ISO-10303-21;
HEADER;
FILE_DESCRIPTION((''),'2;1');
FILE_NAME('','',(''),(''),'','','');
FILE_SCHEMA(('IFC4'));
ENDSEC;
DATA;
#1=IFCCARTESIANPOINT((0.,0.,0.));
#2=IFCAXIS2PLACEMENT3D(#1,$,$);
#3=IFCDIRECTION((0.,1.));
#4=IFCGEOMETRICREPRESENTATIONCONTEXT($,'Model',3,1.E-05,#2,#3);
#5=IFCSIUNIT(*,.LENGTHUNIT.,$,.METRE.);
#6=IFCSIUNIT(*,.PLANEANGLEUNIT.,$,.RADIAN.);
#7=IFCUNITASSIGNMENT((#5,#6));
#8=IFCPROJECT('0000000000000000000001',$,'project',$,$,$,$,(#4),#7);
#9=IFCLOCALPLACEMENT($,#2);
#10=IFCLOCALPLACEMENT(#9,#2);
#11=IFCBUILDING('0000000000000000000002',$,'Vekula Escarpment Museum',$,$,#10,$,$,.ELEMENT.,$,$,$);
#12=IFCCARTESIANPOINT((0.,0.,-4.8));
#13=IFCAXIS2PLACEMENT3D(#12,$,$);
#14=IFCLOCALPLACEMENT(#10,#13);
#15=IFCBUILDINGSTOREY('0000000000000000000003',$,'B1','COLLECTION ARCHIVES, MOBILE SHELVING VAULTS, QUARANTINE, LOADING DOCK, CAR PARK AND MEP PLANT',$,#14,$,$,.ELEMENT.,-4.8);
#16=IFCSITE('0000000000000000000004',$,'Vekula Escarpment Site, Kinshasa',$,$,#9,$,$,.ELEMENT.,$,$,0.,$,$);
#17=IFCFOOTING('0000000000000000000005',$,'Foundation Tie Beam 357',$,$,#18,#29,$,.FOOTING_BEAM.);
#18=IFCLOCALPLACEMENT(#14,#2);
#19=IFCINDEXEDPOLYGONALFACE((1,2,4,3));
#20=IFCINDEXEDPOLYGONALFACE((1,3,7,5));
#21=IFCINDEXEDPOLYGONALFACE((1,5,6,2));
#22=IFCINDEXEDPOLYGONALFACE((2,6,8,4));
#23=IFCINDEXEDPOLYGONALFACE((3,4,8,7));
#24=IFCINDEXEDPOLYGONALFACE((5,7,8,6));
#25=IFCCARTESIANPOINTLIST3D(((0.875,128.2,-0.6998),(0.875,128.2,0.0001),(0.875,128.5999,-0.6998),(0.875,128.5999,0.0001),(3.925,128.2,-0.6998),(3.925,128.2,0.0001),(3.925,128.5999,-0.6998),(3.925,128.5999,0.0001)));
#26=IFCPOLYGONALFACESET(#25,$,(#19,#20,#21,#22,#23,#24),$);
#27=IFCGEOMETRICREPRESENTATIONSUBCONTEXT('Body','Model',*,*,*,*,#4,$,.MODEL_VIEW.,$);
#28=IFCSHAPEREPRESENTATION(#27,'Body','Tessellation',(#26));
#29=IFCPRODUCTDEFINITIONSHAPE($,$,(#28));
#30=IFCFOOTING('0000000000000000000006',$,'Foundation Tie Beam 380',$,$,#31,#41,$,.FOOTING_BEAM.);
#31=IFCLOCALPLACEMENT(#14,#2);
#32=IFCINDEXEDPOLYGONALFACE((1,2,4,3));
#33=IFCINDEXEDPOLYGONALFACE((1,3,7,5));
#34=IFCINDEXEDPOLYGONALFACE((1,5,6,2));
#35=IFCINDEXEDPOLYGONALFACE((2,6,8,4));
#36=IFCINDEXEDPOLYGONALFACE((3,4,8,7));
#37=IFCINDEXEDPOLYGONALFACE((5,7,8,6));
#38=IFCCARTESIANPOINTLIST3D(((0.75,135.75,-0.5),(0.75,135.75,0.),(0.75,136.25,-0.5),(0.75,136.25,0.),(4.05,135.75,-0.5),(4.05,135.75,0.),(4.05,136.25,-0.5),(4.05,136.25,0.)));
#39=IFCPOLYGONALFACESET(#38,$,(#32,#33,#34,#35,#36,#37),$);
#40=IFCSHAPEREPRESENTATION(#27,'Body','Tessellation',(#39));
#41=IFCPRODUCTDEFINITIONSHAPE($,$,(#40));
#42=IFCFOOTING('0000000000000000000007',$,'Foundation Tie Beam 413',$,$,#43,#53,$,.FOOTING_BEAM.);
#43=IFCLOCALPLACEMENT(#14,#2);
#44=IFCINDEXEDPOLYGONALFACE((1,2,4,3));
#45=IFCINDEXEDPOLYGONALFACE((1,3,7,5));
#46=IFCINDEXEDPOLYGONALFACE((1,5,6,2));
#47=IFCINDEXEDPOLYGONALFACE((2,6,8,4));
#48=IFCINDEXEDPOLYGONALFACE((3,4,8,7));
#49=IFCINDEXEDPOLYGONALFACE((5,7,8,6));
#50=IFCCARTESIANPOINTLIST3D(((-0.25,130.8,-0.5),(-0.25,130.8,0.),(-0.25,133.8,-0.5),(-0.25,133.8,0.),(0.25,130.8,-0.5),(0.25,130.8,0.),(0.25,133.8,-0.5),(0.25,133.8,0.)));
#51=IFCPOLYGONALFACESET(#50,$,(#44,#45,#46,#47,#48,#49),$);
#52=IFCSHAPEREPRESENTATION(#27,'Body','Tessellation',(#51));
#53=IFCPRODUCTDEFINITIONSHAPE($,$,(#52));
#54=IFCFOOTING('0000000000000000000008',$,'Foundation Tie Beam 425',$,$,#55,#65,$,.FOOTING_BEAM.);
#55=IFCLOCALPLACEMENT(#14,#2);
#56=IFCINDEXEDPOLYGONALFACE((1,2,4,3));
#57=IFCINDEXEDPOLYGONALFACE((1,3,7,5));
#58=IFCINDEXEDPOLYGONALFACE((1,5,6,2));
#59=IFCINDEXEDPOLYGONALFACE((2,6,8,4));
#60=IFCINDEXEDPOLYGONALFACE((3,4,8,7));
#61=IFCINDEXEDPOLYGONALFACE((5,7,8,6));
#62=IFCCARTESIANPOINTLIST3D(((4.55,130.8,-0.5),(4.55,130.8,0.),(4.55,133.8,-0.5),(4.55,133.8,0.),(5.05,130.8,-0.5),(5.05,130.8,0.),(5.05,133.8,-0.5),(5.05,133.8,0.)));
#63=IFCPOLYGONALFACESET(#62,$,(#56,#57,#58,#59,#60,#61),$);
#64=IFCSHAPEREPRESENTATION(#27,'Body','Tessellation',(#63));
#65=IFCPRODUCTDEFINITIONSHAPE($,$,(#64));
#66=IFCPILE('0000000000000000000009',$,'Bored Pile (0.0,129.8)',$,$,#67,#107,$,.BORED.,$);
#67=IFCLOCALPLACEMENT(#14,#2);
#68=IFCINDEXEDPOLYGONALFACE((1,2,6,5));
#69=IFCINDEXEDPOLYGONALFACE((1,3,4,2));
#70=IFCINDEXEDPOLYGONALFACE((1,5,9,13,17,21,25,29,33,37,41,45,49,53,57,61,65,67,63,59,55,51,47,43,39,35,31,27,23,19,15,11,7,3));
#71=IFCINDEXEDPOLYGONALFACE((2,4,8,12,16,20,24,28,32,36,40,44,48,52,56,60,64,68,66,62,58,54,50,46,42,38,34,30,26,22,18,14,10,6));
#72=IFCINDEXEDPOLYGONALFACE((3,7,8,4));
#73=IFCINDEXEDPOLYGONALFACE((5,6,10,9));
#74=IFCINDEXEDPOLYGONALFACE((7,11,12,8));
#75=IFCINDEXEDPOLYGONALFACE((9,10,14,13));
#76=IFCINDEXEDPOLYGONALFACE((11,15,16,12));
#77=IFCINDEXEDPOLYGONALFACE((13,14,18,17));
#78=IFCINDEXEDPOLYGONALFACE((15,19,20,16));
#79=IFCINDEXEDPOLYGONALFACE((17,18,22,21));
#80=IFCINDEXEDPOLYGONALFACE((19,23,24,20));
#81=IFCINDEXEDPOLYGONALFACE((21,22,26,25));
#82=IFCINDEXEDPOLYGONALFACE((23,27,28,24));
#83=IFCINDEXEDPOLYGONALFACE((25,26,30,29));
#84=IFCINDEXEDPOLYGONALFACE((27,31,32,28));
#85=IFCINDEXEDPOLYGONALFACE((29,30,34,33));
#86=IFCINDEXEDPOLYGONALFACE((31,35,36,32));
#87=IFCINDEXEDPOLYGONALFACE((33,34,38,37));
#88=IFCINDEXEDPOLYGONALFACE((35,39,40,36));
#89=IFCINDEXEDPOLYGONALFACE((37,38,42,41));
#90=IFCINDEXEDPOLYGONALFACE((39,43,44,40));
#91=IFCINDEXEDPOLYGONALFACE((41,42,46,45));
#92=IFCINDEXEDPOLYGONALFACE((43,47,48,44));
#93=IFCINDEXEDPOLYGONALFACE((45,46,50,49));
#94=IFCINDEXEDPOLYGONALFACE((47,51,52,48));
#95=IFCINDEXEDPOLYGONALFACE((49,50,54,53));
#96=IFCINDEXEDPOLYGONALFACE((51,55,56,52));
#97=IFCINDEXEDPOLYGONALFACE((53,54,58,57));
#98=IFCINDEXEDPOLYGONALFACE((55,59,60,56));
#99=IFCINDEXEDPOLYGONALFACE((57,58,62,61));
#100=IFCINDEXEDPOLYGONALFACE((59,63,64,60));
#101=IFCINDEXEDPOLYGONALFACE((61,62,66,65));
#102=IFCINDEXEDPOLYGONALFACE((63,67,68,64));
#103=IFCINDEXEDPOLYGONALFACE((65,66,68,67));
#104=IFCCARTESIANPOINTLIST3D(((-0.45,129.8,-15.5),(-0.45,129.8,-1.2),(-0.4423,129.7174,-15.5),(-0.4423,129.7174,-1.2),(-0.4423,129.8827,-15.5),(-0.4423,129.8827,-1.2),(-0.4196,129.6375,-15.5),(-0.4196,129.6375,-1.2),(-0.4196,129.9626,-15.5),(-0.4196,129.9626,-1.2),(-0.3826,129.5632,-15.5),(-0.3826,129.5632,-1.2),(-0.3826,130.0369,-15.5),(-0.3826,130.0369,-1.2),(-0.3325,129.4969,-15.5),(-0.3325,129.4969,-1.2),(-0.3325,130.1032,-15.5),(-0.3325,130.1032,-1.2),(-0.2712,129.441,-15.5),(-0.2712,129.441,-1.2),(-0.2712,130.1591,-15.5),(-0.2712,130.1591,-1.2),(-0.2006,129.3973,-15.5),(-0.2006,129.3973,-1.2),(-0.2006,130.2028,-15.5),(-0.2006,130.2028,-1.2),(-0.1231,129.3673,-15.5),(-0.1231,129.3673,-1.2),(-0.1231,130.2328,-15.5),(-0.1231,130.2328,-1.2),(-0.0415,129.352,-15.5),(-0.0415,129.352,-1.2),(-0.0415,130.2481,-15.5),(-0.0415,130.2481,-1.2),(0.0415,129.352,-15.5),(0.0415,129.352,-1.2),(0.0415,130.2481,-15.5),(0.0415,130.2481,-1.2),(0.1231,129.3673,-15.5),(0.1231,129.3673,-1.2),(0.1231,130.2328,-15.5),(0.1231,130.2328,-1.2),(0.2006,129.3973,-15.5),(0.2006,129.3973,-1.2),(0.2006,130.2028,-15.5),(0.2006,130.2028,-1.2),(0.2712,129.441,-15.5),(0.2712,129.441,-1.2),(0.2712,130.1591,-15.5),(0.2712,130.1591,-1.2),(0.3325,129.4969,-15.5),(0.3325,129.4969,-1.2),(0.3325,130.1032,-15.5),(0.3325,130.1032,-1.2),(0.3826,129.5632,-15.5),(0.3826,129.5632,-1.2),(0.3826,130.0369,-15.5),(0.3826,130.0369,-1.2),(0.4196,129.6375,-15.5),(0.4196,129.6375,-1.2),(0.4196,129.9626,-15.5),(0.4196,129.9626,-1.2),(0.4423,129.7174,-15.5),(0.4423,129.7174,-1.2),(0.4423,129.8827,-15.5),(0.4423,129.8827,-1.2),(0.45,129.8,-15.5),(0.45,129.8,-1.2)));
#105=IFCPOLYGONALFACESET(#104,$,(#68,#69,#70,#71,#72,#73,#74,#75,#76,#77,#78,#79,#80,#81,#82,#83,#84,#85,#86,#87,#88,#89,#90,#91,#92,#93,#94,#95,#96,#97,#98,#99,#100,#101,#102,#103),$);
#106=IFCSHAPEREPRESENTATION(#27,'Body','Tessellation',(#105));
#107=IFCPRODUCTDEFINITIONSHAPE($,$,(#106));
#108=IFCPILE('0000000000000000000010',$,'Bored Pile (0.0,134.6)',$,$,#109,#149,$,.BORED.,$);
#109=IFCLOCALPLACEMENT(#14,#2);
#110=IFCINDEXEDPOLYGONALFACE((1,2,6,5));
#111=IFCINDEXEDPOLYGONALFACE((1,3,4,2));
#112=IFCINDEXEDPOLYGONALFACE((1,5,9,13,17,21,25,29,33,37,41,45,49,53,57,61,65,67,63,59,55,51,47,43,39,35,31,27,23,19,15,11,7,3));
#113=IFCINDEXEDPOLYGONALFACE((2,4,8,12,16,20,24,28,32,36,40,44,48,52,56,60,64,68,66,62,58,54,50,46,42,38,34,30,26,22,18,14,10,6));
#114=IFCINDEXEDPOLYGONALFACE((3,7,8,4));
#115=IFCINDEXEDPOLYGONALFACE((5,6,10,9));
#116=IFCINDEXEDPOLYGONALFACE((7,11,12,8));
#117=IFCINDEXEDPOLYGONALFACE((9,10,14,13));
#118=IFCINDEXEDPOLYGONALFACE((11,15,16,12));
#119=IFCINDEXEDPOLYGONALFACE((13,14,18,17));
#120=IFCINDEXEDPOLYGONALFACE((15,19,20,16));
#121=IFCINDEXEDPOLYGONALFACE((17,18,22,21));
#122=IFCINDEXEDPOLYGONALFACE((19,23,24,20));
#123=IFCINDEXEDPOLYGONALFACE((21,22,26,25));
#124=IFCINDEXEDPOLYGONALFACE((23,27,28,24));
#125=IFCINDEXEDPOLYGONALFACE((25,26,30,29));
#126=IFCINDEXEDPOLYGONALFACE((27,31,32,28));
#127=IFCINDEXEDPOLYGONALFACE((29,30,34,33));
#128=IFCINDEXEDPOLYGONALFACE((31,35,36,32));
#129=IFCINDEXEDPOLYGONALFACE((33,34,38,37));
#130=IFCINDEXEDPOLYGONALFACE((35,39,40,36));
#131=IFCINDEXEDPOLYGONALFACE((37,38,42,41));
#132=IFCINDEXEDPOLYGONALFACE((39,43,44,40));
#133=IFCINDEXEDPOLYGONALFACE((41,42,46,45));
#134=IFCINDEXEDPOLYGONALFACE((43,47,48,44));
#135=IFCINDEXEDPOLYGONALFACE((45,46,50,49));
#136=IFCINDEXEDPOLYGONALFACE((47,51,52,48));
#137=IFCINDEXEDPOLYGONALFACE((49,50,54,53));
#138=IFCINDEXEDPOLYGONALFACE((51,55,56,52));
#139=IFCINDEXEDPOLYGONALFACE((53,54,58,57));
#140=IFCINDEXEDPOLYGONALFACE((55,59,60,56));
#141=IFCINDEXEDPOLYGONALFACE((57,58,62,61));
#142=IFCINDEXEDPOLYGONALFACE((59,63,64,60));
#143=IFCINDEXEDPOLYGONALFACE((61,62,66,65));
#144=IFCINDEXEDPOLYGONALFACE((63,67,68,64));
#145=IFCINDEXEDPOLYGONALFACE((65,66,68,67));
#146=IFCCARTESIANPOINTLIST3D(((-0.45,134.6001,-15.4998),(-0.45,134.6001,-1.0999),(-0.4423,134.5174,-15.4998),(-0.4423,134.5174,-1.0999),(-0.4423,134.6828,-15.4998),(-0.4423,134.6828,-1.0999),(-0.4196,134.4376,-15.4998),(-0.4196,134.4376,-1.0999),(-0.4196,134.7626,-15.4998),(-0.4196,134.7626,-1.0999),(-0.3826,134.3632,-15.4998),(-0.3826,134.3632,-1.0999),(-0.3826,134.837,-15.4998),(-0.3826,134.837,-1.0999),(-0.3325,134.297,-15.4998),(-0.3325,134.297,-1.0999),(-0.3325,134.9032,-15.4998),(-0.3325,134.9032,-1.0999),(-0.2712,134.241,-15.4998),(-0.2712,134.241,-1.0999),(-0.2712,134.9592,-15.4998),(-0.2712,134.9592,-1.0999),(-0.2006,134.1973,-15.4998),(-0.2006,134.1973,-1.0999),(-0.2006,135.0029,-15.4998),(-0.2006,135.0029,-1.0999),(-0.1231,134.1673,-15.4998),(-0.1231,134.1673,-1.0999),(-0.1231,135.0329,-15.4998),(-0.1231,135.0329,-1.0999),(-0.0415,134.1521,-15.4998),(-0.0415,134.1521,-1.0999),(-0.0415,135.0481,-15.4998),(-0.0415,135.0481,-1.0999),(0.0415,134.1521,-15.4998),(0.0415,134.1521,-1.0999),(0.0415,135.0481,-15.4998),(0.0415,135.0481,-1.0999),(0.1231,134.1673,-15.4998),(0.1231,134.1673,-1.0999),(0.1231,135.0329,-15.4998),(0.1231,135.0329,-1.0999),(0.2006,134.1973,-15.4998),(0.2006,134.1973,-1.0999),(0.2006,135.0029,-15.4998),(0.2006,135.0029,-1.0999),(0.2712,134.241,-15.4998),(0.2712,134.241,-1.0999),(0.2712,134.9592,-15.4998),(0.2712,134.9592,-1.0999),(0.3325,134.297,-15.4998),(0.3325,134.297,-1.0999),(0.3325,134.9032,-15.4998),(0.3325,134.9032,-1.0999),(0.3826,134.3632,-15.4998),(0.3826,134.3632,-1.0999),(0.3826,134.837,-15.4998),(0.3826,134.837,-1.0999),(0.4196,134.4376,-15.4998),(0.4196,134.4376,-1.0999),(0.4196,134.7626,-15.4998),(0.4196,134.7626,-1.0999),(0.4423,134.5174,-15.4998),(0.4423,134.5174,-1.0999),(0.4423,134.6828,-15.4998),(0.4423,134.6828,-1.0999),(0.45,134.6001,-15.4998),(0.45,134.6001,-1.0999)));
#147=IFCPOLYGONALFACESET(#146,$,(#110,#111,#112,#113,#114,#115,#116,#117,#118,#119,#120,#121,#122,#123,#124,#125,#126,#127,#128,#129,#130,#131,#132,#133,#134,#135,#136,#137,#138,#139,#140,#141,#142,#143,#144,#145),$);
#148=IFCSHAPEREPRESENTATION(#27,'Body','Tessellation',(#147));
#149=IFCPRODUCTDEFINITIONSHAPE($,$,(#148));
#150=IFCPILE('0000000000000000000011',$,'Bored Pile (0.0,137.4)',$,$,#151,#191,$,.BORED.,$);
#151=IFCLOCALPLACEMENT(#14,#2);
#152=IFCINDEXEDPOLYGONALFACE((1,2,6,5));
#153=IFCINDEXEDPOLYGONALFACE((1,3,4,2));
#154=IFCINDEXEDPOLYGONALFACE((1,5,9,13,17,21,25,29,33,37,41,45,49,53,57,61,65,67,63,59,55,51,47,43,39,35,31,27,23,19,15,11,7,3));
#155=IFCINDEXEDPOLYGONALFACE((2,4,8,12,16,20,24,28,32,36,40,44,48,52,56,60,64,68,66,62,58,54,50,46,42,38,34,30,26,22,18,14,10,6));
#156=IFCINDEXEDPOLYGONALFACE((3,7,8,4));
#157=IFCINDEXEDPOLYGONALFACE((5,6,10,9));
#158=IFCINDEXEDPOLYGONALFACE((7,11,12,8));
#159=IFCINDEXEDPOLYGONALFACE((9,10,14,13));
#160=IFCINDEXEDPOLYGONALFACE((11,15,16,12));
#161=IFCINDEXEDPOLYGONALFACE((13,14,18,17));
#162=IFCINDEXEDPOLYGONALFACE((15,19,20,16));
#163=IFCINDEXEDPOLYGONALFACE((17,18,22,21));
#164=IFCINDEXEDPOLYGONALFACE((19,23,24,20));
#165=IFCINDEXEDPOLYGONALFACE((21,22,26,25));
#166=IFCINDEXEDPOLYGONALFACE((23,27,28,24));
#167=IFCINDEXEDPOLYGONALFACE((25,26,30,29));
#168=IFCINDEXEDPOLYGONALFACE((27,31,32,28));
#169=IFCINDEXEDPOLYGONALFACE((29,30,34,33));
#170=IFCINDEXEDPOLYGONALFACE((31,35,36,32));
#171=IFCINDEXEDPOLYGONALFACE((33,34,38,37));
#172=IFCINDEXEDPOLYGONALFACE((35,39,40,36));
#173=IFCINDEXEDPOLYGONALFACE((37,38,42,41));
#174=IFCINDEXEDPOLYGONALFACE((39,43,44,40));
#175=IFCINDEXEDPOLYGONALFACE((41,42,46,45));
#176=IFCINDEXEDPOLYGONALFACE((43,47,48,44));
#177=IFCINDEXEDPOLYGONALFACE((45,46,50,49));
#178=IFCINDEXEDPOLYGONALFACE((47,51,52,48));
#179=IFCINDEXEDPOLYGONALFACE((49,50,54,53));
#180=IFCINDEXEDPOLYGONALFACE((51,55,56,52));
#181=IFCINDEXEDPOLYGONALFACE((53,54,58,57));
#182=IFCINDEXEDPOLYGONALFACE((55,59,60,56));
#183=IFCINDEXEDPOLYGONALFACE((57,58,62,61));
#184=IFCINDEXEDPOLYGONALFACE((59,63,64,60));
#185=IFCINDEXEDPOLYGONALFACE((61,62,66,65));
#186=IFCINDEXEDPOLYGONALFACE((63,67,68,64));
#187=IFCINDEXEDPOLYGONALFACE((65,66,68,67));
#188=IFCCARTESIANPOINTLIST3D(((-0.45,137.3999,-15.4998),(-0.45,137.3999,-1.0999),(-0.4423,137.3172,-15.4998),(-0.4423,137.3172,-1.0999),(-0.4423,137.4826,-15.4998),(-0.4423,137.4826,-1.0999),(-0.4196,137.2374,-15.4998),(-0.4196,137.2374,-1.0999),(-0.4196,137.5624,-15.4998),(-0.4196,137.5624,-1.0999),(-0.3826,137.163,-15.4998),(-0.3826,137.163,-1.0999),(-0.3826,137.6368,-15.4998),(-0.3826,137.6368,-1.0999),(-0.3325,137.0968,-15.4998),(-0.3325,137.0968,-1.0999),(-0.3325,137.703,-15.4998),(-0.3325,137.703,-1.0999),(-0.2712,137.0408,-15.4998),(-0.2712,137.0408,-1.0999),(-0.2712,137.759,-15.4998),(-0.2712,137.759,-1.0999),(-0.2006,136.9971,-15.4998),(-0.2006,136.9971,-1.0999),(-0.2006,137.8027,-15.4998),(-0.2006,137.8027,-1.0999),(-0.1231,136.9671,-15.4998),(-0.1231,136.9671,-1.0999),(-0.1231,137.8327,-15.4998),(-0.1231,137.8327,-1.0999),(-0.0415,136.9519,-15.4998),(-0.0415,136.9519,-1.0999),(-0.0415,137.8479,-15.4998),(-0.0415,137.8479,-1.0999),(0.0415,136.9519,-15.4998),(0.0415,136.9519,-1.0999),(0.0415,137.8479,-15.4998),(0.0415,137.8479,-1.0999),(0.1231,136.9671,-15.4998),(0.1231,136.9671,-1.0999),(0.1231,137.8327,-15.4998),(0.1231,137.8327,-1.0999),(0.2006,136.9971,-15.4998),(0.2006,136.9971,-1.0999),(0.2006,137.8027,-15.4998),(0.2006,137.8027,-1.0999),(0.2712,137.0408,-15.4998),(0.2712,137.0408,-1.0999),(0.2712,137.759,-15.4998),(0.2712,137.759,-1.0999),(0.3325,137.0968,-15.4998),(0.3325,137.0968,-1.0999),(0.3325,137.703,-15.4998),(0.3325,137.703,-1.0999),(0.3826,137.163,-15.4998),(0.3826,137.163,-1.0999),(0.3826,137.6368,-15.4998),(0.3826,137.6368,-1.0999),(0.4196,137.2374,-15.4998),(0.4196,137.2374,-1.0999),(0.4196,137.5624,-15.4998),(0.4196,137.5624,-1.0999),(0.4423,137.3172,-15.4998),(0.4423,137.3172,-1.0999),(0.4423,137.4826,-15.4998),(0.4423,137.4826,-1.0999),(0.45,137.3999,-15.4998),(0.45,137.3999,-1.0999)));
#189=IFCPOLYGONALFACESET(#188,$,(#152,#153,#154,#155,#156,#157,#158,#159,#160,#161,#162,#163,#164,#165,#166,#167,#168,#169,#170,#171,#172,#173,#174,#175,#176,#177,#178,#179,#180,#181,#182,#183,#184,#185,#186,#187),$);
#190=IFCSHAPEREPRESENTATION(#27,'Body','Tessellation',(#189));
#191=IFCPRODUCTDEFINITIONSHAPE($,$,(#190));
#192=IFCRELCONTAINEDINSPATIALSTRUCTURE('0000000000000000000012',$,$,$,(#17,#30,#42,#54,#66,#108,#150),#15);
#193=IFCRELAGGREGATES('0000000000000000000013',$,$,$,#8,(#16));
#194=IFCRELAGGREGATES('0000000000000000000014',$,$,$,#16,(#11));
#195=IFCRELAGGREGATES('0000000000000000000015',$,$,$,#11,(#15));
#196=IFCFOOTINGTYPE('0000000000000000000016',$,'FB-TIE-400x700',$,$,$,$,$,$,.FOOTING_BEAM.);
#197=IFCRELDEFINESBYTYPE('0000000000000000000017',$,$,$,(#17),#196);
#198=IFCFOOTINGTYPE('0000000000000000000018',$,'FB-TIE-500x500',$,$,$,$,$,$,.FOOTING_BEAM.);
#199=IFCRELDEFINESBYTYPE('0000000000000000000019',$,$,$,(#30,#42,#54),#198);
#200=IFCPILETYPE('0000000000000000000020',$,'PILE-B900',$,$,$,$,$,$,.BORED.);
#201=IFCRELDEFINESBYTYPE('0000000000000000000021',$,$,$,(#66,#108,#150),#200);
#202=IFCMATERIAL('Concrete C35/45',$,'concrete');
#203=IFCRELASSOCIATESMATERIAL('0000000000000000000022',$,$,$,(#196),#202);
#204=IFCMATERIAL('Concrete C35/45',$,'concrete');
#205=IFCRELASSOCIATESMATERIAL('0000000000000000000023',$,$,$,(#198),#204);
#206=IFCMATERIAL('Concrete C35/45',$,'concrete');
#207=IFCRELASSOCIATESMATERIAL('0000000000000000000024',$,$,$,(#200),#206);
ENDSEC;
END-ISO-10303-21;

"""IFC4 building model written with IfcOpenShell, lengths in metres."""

from ifc_helpers import new_model, si_unit, direction, frame, origin, origin_2d, place, context, subcontext, project, spatial, rectangle, circle, extrude, material, material_profile, profile_set, type_object, element, save


model = new_model("IFC4")

# Units and contexts
model_context = context("Model", 3, precision=1e-05, world=origin(), true_north=direction((0.0, 1.0)))
body_context = subcontext(model_context, "Body", "Model", "MODEL_VIEW")
ifc_project = project(units=[si_unit("LENGTHUNIT", "METRE"), si_unit("PLANEANGLEUNIT", "RADIAN")], contexts=[model_context])

# Site, building, storey
site_placement = place(None, origin())
site = spatial("IfcSite", under=ifc_project, at=site_placement, Name="Vekula Escarpment Site, Kinshasa", CompositionType="ELEMENT", RefElevation=0.0)
building_placement = place(site_placement, origin())
building = spatial("IfcBuilding", under=site, at=building_placement, Name="Vekula Escarpment Museum", CompositionType="ELEMENT")
storey_placement = place(building_placement, frame((0.0, 0.0, -4.8)))
storey = spatial("IfcBuildingStorey", under=building, at=storey_placement, Name="B1", Description="COLLECTION ARCHIVES, MOBILE SHELVING VAULTS, QUARANTINE, LOADING DOCK, CAR PARK AND MEP PLANT", CompositionType="ELEMENT", Elevation=-4.8)

# Footings
ifc_material_1 = material(Name="Concrete C35/45", Category="concrete")
ifc_material_profile_1 = material_profile(ifc_material_1, rectangle(XDim=0.3999, YDim=0.7, at=origin_2d()), Name="RC 400x700")
ifc_profile_set_1 = profile_set([ifc_material_profile_1], Name="Concrete C35/45")
footing_type_1 = type_object("IfcFootingType", Name="FB-TIE-400x700", PredefinedType="FOOTING_BEAM", material=ifc_profile_set_1)
footing_1_placement = place(storey_placement, frame((0.875, 128.3999, -0.3499), z_axis=(1.0, 0.0, 0.0), x_axis=(0.0, 1.0, 0.0)))
element("IfcFooting", 1, at=footing_1_placement, inside=storey, type_object=footing_type_1, Name="Foundation Tie Beam 357", PredefinedType="FOOTING_BEAM", context=body_context, shape_type="SweptSolid", body=[
    extrude(rectangle(XDim=0.3999, YDim=0.7, at=origin_2d()), origin(), (0.0, 0.0, 1.0), 3.05),
])
ifc_material_2 = material(Name="Concrete C35/45", Category="concrete")
ifc_material_profile_2 = material_profile(ifc_material_2, rectangle(XDim=0.5, YDim=0.5, at=origin_2d()), Name="RC 500x500")
ifc_profile_set_2 = profile_set([ifc_material_profile_2], Name="Concrete C35/45")
footing_type_2 = type_object("IfcFootingType", Name="FB-TIE-500x500", PredefinedType="FOOTING_BEAM", material=ifc_profile_set_2)
footing_2_placement = place(storey_placement, frame((0.75, 136.0, -0.25), z_axis=(1.0, 0.0, 0.0), x_axis=(0.0, 1.0, 0.0)))
element("IfcFooting", 2, at=footing_2_placement, inside=storey, type_object=footing_type_2, Name="Foundation Tie Beam 380", PredefinedType="FOOTING_BEAM", context=body_context, shape_type="SweptSolid", body=[
    extrude(rectangle(XDim=0.5, YDim=0.5, at=origin_2d()), origin(), (0.0, 0.0, 1.0), 3.3),
])
for number, where, z_axis, x_axis, name in (
    (3, (0.0, 130.8, -0.25), (0.0, 1.0, 0.0), (-1.0, 0.0, 0.0), "Foundation Tie Beam 413"),
    (4, (4.8, 130.8, -0.25), (0.0, 1.0, 0.0), (-1.0, 0.0, 0.0), "Foundation Tie Beam 425"),
):
    element("IfcFooting", number, at=place(storey_placement, frame(where, z_axis=z_axis, x_axis=x_axis)), inside=storey, type_object=footing_type_2, Name=name, PredefinedType="FOOTING_BEAM", context=body_context, shape_type="SweptSolid", body=[
        extrude(rectangle(XDim=0.5, YDim=0.5, at=origin_2d()), origin(), (0.0, 0.0, 1.0), 3.0),
    ])

# Piles
ifc_material_3 = material(Name="Concrete C35/45", Category="concrete")
ifc_material_profile_3 = material_profile(ifc_material_3, circle(Radius=0.45, at=origin_2d()), Name="BORED PILE 900")
ifc_profile_set_3 = profile_set([ifc_material_profile_3], Name="Concrete C35/45")
pile_type = type_object("IfcPileType", Name="PILE-B900", PredefinedType="BORED", material=ifc_profile_set_3)
pile_1_placement = place(storey_placement, frame((0.0, 129.8, -1.2), z_axis=(0.0, 0.0, -1.0), x_axis=(1.0, 0.0, 0.0)))
element("IfcPile", 5, at=pile_1_placement, inside=storey, type_object=pile_type, Name="Bored Pile (0.0,129.8)", PredefinedType="BORED", context=body_context, shape_type="SweptSolid", body=[
    extrude(circle(Radius=0.45, at=origin_2d()), origin(), (0.0, 0.0, 1.0), 14.3),
])
for number, where, z_axis, x_axis, name in (
    (6, (0.0, 134.6001, -1.0999), (0.0, 0.0, -1.0), (1.0, 0.0, 0.0), "Bored Pile (0.0,134.6)"),
    (7, (0.0, 137.3999, -1.0999), (0.0, 0.0, -1.0), (1.0, 0.0, 0.0), "Bored Pile (0.0,137.4)"),
):
    element("IfcPile", number, at=place(storey_placement, frame(where, z_axis=z_axis, x_axis=x_axis)), inside=storey, type_object=pile_type, Name=name, PredefinedType="BORED", context=body_context, shape_type="SweptSolid", body=[
        extrude(circle(Radius=0.45, at=origin_2d()), origin(), (0.0, 0.0, 1.0), 14.3999),
    ])

save(model, "model.ifc")
